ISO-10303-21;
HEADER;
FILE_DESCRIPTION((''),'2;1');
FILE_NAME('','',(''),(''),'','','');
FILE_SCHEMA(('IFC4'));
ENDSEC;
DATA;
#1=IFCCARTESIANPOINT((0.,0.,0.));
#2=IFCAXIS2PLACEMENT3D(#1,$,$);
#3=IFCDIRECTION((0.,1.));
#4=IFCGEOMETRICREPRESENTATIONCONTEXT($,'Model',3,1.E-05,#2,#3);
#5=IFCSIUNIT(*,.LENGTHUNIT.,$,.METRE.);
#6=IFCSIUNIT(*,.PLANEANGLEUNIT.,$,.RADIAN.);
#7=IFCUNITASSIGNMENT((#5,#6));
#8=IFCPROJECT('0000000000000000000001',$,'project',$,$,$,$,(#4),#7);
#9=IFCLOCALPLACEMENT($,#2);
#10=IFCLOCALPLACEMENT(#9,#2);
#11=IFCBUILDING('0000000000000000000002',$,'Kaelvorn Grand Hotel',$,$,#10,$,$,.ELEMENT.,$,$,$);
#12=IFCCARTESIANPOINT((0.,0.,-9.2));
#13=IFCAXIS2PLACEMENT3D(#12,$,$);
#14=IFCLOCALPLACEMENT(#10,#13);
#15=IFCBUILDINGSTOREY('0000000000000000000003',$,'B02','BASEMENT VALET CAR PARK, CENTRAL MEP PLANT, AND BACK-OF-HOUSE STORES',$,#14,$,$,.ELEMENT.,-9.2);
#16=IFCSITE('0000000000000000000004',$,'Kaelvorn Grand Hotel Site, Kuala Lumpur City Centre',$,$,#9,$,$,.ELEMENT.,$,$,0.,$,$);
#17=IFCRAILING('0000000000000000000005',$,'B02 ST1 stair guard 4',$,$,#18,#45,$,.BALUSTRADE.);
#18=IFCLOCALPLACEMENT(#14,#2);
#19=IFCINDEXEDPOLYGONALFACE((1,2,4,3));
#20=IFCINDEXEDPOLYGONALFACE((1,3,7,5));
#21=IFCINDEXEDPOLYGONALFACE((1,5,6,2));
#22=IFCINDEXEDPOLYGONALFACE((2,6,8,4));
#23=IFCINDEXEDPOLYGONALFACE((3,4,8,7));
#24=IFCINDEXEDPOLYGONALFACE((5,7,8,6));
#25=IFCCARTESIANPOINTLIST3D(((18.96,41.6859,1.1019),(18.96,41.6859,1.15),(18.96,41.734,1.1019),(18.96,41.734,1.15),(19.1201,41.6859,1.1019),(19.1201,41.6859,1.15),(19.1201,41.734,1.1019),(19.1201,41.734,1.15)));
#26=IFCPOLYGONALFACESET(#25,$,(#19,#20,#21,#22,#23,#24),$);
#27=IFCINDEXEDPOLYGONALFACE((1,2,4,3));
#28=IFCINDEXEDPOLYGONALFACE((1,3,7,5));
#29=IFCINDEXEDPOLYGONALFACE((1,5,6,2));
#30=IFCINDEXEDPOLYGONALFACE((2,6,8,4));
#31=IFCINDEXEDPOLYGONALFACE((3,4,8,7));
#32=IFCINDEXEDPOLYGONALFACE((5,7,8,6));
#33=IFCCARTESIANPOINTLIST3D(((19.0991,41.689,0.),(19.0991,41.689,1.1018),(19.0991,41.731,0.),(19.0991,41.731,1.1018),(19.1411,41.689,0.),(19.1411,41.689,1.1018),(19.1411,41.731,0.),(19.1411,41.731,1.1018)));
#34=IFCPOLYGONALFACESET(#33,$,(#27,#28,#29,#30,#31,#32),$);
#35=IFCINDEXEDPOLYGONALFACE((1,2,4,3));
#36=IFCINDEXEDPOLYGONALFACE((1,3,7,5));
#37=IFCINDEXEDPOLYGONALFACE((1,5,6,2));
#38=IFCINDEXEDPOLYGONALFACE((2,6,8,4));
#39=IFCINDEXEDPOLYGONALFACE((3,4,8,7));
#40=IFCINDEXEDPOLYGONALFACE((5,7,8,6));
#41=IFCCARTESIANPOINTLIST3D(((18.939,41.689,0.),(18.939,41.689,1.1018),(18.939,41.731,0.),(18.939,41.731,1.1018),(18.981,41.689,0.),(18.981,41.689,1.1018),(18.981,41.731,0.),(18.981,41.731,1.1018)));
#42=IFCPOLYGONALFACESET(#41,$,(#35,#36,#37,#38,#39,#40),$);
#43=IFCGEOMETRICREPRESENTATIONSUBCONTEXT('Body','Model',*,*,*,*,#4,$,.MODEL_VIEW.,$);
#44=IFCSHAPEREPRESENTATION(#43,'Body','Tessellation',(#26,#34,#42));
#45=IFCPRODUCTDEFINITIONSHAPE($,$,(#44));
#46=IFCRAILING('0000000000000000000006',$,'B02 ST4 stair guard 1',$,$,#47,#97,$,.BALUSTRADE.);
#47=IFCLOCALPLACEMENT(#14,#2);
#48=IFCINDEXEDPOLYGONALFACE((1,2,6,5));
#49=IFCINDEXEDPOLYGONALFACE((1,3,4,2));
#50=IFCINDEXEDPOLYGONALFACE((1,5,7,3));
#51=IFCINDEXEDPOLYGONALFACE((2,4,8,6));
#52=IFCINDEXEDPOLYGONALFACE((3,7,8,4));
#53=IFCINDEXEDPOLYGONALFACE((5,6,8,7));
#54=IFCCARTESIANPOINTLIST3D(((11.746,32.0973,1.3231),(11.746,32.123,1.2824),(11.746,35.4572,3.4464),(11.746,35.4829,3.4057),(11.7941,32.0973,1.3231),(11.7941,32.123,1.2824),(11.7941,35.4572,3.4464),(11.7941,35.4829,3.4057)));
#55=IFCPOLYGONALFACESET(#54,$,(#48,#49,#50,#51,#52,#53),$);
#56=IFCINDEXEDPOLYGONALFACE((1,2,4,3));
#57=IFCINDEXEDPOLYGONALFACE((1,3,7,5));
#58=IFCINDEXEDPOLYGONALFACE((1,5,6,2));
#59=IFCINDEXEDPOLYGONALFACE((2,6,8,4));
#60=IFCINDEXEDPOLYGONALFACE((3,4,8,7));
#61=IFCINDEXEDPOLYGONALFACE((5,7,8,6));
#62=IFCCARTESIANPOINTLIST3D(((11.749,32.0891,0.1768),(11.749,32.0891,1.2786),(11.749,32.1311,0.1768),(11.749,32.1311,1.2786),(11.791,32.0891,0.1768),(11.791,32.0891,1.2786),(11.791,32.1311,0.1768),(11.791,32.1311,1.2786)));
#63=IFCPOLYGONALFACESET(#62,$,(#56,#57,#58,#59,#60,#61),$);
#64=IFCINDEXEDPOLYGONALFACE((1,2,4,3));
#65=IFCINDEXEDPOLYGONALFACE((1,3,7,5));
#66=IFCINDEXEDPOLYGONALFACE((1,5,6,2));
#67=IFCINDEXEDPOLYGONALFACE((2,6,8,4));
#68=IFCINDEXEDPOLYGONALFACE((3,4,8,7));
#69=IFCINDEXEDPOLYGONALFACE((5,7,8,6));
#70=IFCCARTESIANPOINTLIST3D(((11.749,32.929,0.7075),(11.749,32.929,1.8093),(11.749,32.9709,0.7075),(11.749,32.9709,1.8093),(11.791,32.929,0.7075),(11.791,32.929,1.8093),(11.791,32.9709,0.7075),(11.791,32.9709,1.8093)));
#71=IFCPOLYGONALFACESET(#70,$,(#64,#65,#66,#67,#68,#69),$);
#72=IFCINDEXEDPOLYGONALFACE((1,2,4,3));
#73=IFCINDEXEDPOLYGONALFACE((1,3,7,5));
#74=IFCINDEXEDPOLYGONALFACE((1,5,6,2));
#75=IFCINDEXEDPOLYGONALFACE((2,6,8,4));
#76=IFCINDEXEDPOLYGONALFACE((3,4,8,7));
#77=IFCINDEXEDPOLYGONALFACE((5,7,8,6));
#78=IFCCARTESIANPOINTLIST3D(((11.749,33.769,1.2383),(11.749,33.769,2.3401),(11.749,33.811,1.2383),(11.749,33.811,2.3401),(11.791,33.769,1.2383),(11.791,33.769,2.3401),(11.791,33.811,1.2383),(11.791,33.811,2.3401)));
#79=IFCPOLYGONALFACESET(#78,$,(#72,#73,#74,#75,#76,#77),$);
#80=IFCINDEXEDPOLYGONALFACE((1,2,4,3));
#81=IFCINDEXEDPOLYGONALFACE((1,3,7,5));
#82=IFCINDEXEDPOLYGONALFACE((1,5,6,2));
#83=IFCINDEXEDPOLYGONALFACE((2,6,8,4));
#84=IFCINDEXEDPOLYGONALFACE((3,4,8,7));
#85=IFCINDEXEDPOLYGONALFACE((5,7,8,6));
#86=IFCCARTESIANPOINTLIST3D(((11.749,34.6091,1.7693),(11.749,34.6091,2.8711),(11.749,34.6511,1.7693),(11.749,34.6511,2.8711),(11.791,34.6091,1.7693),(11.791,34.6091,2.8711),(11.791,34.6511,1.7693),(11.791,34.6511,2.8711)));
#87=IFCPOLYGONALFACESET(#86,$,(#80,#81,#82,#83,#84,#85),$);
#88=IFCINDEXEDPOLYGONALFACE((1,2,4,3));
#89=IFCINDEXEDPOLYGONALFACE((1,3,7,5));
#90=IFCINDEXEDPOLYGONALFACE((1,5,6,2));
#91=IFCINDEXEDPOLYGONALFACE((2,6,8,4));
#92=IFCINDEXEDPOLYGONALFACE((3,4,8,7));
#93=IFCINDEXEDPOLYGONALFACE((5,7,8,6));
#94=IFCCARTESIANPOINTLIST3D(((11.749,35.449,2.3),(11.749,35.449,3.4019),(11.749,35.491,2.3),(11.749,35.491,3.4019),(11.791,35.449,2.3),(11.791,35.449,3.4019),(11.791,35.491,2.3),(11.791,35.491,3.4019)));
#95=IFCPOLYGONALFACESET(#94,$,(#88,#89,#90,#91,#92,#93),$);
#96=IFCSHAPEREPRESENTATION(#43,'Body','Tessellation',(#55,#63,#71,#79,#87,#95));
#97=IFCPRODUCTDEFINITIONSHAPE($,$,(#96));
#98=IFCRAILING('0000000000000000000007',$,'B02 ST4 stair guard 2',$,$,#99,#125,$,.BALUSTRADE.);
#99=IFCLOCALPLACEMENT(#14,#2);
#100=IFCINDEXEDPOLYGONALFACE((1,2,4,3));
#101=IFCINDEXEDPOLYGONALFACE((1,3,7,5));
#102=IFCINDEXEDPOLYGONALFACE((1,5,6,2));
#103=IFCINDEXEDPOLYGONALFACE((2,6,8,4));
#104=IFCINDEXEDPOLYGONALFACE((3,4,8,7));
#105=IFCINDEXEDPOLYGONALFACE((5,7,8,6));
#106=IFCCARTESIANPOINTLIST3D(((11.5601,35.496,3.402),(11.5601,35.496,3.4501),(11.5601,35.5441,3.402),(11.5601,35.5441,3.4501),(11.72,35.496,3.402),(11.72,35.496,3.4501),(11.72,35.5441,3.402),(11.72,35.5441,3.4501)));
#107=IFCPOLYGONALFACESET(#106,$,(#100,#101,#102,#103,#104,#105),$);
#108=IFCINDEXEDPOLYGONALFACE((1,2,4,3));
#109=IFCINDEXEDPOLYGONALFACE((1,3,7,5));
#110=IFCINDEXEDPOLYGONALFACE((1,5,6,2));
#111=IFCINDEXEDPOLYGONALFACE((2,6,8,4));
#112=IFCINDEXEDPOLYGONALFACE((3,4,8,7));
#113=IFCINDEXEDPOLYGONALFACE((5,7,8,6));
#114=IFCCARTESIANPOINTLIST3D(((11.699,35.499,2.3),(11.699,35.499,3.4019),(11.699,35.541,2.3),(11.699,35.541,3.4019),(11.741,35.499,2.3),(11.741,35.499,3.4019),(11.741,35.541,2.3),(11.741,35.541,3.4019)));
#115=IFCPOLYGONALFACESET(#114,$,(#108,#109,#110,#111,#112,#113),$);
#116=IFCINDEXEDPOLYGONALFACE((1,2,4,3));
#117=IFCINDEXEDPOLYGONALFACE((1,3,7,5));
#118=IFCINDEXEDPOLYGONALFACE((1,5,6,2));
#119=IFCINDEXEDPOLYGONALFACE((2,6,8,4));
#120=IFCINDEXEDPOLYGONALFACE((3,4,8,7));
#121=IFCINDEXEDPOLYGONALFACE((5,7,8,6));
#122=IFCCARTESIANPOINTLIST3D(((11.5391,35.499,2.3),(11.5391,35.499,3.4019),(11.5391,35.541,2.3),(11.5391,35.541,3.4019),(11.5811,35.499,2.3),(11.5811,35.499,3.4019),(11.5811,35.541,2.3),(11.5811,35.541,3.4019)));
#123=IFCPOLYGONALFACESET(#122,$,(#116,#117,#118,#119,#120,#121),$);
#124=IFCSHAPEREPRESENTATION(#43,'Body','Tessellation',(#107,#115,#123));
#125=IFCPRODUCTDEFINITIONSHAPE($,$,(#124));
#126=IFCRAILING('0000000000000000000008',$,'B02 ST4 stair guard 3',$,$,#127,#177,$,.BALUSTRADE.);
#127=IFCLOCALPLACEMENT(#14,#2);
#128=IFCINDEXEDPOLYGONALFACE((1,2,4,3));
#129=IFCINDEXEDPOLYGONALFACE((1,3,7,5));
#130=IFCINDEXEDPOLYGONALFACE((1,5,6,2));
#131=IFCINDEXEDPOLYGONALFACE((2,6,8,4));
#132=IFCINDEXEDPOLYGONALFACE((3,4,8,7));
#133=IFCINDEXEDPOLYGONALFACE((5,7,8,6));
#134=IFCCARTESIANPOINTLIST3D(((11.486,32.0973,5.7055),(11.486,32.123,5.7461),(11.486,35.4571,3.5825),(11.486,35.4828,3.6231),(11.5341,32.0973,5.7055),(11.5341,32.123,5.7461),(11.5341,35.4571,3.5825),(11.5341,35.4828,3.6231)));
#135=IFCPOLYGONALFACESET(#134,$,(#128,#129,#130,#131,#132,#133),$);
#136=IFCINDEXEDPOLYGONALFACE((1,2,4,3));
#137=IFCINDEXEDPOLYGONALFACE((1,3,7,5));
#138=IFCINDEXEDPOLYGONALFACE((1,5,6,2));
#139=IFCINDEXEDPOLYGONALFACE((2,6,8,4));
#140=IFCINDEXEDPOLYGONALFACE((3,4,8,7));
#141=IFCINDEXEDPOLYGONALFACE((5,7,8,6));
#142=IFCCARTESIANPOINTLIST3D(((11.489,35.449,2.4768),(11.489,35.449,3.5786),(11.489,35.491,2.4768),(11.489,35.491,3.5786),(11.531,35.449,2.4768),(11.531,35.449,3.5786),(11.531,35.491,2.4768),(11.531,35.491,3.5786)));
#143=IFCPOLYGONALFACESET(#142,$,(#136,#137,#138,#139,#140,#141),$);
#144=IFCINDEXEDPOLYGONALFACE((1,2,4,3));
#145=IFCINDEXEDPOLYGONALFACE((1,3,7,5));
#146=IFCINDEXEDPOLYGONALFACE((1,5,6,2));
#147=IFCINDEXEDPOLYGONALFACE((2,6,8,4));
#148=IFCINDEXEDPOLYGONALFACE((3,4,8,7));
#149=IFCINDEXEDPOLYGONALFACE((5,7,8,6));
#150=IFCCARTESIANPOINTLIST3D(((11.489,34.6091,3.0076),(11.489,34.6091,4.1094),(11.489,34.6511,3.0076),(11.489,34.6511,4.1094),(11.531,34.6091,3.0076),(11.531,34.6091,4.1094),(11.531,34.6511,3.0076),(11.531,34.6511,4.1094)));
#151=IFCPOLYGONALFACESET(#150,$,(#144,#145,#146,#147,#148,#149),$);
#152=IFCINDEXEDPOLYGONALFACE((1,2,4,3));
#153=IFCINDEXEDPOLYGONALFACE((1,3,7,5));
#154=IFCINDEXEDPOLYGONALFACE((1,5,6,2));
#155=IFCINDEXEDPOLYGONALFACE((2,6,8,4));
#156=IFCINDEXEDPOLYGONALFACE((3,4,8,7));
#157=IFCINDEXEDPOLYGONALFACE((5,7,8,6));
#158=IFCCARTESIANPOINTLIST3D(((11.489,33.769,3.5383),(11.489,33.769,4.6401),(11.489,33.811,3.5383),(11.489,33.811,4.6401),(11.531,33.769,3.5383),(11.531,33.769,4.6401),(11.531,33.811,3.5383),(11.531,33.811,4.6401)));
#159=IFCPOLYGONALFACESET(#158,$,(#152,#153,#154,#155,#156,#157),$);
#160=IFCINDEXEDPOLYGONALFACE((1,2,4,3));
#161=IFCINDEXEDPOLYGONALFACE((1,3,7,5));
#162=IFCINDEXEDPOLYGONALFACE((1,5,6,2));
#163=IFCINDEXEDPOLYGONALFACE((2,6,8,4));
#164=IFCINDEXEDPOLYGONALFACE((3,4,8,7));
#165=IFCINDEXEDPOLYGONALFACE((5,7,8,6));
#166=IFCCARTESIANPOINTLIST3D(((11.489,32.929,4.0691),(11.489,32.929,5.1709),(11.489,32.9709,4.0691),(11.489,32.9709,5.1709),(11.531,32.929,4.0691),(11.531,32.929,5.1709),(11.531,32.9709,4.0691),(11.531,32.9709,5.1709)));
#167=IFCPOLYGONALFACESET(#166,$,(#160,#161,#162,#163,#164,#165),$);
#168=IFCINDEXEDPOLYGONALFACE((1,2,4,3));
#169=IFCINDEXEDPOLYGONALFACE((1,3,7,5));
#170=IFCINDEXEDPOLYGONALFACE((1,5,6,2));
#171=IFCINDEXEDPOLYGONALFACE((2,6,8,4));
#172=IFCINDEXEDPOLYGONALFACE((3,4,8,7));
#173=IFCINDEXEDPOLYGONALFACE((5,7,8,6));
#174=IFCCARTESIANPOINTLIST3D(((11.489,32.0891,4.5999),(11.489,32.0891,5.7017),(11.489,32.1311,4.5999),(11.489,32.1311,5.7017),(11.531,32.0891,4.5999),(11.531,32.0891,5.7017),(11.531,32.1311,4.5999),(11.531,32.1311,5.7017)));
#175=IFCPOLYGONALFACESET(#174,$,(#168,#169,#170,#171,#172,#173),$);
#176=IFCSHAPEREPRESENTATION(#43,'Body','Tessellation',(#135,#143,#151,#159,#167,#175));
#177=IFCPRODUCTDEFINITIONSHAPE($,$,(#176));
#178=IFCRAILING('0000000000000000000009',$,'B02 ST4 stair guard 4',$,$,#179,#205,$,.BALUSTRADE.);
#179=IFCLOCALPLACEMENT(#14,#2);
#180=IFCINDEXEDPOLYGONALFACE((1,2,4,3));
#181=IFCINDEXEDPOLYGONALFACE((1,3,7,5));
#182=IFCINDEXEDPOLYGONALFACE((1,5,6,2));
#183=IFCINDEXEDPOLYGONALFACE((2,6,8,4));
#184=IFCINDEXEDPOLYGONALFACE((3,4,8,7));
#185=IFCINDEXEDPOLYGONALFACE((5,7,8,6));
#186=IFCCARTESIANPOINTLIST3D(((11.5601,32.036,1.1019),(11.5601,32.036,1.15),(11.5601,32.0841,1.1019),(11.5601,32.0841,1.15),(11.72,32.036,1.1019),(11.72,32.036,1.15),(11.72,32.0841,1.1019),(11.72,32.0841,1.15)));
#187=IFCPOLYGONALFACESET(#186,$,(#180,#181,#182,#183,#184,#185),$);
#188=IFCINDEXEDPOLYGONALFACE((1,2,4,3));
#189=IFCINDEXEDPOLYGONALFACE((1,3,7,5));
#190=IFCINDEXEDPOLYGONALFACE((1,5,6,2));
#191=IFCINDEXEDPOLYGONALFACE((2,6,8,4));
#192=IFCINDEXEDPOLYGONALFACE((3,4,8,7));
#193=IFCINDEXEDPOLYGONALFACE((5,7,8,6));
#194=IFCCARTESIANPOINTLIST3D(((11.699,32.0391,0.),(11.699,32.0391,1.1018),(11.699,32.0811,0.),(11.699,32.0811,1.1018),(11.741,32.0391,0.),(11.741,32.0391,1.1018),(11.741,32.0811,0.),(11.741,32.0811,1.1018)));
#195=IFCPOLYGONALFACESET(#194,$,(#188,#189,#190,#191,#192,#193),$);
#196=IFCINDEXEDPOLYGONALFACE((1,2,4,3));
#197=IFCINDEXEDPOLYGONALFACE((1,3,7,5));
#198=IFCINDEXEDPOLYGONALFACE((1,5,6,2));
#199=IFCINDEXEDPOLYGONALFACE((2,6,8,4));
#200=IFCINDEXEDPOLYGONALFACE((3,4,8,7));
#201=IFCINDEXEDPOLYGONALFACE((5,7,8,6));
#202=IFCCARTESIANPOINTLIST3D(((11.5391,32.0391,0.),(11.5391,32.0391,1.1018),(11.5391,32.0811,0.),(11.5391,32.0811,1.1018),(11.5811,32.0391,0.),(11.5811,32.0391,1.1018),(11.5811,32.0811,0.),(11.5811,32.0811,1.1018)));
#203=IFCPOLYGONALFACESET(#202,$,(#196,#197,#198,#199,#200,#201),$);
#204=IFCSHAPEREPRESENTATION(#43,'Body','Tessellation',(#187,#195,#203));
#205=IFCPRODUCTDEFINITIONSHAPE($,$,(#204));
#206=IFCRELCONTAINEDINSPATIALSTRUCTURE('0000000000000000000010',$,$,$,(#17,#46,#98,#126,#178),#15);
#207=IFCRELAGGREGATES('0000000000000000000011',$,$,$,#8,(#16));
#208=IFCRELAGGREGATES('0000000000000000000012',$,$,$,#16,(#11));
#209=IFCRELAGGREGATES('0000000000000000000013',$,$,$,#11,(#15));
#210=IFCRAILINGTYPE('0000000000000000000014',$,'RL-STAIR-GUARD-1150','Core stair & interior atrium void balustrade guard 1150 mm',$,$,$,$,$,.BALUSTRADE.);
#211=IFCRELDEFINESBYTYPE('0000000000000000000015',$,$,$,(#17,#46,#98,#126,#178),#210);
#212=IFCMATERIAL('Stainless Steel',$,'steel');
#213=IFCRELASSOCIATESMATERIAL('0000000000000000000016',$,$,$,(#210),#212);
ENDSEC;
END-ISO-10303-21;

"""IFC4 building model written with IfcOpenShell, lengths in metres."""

from ifc_helpers import new_model, si_unit, direction, frame, origin, origin_2d, place, context, subcontext, project, spatial, rectangle, extrude, material, type_object, element, save


model = new_model("IFC4")

# Units and contexts
model_context = context("Model", 3, precision=1e-05, world=origin(), true_north=direction((0.0, 1.0)))
body_context = subcontext(model_context, "Body", "Model", "MODEL_VIEW")
ifc_project = project(units=[si_unit("LENGTHUNIT", "METRE"), si_unit("PLANEANGLEUNIT", "RADIAN")], contexts=[model_context])

# Site, building, storey
site_placement = place(None, origin())
site = spatial("IfcSite", under=ifc_project, at=site_placement, Name="Kaelvorn Grand Hotel Site, Kuala Lumpur City Centre", CompositionType="ELEMENT", RefElevation=0.0)
building_placement = place(site_placement, origin())
building = spatial("IfcBuilding", under=site, at=building_placement, Name="Kaelvorn Grand Hotel", CompositionType="ELEMENT")
storey_placement = place(building_placement, frame((0.0, 0.0, -9.2)))
storey = spatial("IfcBuildingStorey", under=building, at=storey_placement, Name="B02", Description="BASEMENT VALET CAR PARK, CENTRAL MEP PLANT, AND BACK-OF-HOUSE STORES", CompositionType="ELEMENT", Elevation=-9.2)

# Railings
ifc_material_1 = material(Name="Stainless Steel", Category="steel")
railing_type_1 = type_object("IfcRailingType", Name="RL-STAIR-GUARD-1150", Description="Core stair & interior atrium void balustrade guard 1150 mm", PredefinedType="BALUSTRADE", material=ifc_material_1)
railing_1_placement = place(storey_placement, frame((19.1201, 41.71, 0.0)))
element("IfcRailing", 1, at=railing_1_placement, inside=storey, type_object=railing_type_1, Name="B02 ST1 stair guard 4", PredefinedType="BALUSTRADE", context=body_context, shape_type="SweptSolid", body=[
    extrude(rectangle(XDim=0.0481, YDim=0.0481, at=origin_2d()), frame((0.0, 0.0, 1.126), z_axis=(-1.0, 0.0, 0.0), x_axis=(0.0, -1.0, 0.0)), (0.0, 0.0, 1.0), 0.1602),
    extrude(rectangle(XDim=0.042, YDim=0.042, at=origin_2d()), origin(), (0.0, 0.0, 1.0), 1.1018),
    extrude(rectangle(XDim=0.042, YDim=0.042, at=origin_2d()), frame((-0.1602, 0.0, 0.0)), (0.0, 0.0, 1.0), 1.1018),
])
railing_2_placement = place(storey_placement, frame((11.77, 32.1101, 0.1768)))
element("IfcRailing", 2, at=railing_2_placement, inside=storey, type_object=railing_type_1, Name="B02 ST4 stair guard 1", PredefinedType="BALUSTRADE", context=body_context, shape_type="SweptSolid", body=[
    extrude(rectangle(XDim=0.0481, YDim=0.0481, at=origin_2d()), frame((0.0, 0.0, 1.126), z_axis=(0.0, 0.845344, 0.534222), x_axis=(-1.0, 0.0, 0.0)), (0.0, 0.0, 1.0), 3.9746),
    extrude(rectangle(XDim=0.042, YDim=0.042, at=origin_2d()), origin(), (0.0, 0.0, 1.0), 1.1018),
    extrude(rectangle(XDim=0.042, YDim=0.042, at=origin_2d()), frame((0.0, 0.8398, 0.5308)), (0.0, 0.0, 1.0), 1.1018),
    extrude(rectangle(XDim=0.042, YDim=0.042, at=origin_2d()), frame((0.0, 1.6799, 1.0615)), (0.0, 0.0, 1.0), 1.1018),
    extrude(rectangle(XDim=0.042, YDim=0.042, at=origin_2d()), frame((0.0, 2.52, 1.5925)), (0.0, 0.0, 1.0), 1.1018),
    extrude(rectangle(XDim=0.042, YDim=0.042, at=origin_2d()), frame((0.0, 3.3599, 2.1233)), (0.0, 0.0, 1.0), 1.1018),
])
railing_3_placement = place(storey_placement, frame((11.72, 35.52, 2.3)))
element("IfcRailing", 3, at=railing_3_placement, inside=storey, type_object=railing_type_1, Name="B02 ST4 stair guard 2", PredefinedType="BALUSTRADE", context=body_context, shape_type="SweptSolid", body=[
    extrude(rectangle(XDim=0.0481, YDim=0.0481, at=origin_2d()), frame((0.0, 0.0, 1.126), z_axis=(-1.0, 0.0, 0.0), x_axis=(0.0, -1.0, 0.0)), (0.0, 0.0, 1.0), 0.1599),
    extrude(rectangle(XDim=0.042, YDim=0.042, at=origin_2d()), origin(), (0.0, 0.0, 1.0), 1.1018),
    extrude(rectangle(XDim=0.042, YDim=0.042, at=origin_2d()), frame((-0.1599, 0.0, 0.0)), (0.0, 0.0, 1.0), 1.1018),
])
railing_4_placement = place(storey_placement, frame((11.51, 35.47, 2.4768)))
element("IfcRailing", 4, at=railing_4_placement, inside=storey, type_object=railing_type_1, Name="B02 ST4 stair guard 3", PredefinedType="BALUSTRADE", context=body_context, shape_type="SweptSolid", body=[
    extrude(rectangle(XDim=0.0481, YDim=0.0481, at=origin_2d()), frame((0.0, 0.0, 1.126), z_axis=(0.0, -0.845372, 0.534178), x_axis=(1.0, 0.0, 0.0)), (0.0, 0.0, 1.0), 3.9744),
    extrude(rectangle(XDim=0.042, YDim=0.042, at=origin_2d()), origin(), (0.0, 0.0, 1.0), 1.1018),
    extrude(rectangle(XDim=0.042, YDim=0.042, at=origin_2d()), frame((0.0, -0.8398, 0.5308)), (0.0, 0.0, 1.0), 1.1018),
    extrude(rectangle(XDim=0.042, YDim=0.042, at=origin_2d()), frame((0.0, -1.6799, 1.0615)), (0.0, 0.0, 1.0), 1.1018),
    extrude(rectangle(XDim=0.042, YDim=0.042, at=origin_2d()), frame((0.0, -2.52, 1.5923)), (0.0, 0.0, 1.0), 1.1018),
    extrude(rectangle(XDim=0.042, YDim=0.042, at=origin_2d()), frame((0.0, -3.3599, 2.123)), (0.0, 0.0, 1.0), 1.1018),
])
railing_5_placement = place(storey_placement, frame((11.72, 32.0601, 0.0)))
element("IfcRailing", 5, at=railing_5_placement, inside=storey, type_object=railing_type_1, Name="B02 ST4 stair guard 4", PredefinedType="BALUSTRADE", context=body_context, shape_type="SweptSolid", body=[
    extrude(rectangle(XDim=0.0481, YDim=0.0481, at=origin_2d()), frame((0.0, 0.0, 1.126), z_axis=(-1.0, 0.0, 0.0), x_axis=(0.0, -1.0, 0.0)), (0.0, 0.0, 1.0), 0.1599),
    extrude(rectangle(XDim=0.042, YDim=0.042, at=origin_2d()), origin(), (0.0, 0.0, 1.0), 1.1018),
    extrude(rectangle(XDim=0.042, YDim=0.042, at=origin_2d()), frame((-0.1599, 0.0, 0.0)), (0.0, 0.0, 1.0), 1.1018),
])

save(model, "model.ifc")
